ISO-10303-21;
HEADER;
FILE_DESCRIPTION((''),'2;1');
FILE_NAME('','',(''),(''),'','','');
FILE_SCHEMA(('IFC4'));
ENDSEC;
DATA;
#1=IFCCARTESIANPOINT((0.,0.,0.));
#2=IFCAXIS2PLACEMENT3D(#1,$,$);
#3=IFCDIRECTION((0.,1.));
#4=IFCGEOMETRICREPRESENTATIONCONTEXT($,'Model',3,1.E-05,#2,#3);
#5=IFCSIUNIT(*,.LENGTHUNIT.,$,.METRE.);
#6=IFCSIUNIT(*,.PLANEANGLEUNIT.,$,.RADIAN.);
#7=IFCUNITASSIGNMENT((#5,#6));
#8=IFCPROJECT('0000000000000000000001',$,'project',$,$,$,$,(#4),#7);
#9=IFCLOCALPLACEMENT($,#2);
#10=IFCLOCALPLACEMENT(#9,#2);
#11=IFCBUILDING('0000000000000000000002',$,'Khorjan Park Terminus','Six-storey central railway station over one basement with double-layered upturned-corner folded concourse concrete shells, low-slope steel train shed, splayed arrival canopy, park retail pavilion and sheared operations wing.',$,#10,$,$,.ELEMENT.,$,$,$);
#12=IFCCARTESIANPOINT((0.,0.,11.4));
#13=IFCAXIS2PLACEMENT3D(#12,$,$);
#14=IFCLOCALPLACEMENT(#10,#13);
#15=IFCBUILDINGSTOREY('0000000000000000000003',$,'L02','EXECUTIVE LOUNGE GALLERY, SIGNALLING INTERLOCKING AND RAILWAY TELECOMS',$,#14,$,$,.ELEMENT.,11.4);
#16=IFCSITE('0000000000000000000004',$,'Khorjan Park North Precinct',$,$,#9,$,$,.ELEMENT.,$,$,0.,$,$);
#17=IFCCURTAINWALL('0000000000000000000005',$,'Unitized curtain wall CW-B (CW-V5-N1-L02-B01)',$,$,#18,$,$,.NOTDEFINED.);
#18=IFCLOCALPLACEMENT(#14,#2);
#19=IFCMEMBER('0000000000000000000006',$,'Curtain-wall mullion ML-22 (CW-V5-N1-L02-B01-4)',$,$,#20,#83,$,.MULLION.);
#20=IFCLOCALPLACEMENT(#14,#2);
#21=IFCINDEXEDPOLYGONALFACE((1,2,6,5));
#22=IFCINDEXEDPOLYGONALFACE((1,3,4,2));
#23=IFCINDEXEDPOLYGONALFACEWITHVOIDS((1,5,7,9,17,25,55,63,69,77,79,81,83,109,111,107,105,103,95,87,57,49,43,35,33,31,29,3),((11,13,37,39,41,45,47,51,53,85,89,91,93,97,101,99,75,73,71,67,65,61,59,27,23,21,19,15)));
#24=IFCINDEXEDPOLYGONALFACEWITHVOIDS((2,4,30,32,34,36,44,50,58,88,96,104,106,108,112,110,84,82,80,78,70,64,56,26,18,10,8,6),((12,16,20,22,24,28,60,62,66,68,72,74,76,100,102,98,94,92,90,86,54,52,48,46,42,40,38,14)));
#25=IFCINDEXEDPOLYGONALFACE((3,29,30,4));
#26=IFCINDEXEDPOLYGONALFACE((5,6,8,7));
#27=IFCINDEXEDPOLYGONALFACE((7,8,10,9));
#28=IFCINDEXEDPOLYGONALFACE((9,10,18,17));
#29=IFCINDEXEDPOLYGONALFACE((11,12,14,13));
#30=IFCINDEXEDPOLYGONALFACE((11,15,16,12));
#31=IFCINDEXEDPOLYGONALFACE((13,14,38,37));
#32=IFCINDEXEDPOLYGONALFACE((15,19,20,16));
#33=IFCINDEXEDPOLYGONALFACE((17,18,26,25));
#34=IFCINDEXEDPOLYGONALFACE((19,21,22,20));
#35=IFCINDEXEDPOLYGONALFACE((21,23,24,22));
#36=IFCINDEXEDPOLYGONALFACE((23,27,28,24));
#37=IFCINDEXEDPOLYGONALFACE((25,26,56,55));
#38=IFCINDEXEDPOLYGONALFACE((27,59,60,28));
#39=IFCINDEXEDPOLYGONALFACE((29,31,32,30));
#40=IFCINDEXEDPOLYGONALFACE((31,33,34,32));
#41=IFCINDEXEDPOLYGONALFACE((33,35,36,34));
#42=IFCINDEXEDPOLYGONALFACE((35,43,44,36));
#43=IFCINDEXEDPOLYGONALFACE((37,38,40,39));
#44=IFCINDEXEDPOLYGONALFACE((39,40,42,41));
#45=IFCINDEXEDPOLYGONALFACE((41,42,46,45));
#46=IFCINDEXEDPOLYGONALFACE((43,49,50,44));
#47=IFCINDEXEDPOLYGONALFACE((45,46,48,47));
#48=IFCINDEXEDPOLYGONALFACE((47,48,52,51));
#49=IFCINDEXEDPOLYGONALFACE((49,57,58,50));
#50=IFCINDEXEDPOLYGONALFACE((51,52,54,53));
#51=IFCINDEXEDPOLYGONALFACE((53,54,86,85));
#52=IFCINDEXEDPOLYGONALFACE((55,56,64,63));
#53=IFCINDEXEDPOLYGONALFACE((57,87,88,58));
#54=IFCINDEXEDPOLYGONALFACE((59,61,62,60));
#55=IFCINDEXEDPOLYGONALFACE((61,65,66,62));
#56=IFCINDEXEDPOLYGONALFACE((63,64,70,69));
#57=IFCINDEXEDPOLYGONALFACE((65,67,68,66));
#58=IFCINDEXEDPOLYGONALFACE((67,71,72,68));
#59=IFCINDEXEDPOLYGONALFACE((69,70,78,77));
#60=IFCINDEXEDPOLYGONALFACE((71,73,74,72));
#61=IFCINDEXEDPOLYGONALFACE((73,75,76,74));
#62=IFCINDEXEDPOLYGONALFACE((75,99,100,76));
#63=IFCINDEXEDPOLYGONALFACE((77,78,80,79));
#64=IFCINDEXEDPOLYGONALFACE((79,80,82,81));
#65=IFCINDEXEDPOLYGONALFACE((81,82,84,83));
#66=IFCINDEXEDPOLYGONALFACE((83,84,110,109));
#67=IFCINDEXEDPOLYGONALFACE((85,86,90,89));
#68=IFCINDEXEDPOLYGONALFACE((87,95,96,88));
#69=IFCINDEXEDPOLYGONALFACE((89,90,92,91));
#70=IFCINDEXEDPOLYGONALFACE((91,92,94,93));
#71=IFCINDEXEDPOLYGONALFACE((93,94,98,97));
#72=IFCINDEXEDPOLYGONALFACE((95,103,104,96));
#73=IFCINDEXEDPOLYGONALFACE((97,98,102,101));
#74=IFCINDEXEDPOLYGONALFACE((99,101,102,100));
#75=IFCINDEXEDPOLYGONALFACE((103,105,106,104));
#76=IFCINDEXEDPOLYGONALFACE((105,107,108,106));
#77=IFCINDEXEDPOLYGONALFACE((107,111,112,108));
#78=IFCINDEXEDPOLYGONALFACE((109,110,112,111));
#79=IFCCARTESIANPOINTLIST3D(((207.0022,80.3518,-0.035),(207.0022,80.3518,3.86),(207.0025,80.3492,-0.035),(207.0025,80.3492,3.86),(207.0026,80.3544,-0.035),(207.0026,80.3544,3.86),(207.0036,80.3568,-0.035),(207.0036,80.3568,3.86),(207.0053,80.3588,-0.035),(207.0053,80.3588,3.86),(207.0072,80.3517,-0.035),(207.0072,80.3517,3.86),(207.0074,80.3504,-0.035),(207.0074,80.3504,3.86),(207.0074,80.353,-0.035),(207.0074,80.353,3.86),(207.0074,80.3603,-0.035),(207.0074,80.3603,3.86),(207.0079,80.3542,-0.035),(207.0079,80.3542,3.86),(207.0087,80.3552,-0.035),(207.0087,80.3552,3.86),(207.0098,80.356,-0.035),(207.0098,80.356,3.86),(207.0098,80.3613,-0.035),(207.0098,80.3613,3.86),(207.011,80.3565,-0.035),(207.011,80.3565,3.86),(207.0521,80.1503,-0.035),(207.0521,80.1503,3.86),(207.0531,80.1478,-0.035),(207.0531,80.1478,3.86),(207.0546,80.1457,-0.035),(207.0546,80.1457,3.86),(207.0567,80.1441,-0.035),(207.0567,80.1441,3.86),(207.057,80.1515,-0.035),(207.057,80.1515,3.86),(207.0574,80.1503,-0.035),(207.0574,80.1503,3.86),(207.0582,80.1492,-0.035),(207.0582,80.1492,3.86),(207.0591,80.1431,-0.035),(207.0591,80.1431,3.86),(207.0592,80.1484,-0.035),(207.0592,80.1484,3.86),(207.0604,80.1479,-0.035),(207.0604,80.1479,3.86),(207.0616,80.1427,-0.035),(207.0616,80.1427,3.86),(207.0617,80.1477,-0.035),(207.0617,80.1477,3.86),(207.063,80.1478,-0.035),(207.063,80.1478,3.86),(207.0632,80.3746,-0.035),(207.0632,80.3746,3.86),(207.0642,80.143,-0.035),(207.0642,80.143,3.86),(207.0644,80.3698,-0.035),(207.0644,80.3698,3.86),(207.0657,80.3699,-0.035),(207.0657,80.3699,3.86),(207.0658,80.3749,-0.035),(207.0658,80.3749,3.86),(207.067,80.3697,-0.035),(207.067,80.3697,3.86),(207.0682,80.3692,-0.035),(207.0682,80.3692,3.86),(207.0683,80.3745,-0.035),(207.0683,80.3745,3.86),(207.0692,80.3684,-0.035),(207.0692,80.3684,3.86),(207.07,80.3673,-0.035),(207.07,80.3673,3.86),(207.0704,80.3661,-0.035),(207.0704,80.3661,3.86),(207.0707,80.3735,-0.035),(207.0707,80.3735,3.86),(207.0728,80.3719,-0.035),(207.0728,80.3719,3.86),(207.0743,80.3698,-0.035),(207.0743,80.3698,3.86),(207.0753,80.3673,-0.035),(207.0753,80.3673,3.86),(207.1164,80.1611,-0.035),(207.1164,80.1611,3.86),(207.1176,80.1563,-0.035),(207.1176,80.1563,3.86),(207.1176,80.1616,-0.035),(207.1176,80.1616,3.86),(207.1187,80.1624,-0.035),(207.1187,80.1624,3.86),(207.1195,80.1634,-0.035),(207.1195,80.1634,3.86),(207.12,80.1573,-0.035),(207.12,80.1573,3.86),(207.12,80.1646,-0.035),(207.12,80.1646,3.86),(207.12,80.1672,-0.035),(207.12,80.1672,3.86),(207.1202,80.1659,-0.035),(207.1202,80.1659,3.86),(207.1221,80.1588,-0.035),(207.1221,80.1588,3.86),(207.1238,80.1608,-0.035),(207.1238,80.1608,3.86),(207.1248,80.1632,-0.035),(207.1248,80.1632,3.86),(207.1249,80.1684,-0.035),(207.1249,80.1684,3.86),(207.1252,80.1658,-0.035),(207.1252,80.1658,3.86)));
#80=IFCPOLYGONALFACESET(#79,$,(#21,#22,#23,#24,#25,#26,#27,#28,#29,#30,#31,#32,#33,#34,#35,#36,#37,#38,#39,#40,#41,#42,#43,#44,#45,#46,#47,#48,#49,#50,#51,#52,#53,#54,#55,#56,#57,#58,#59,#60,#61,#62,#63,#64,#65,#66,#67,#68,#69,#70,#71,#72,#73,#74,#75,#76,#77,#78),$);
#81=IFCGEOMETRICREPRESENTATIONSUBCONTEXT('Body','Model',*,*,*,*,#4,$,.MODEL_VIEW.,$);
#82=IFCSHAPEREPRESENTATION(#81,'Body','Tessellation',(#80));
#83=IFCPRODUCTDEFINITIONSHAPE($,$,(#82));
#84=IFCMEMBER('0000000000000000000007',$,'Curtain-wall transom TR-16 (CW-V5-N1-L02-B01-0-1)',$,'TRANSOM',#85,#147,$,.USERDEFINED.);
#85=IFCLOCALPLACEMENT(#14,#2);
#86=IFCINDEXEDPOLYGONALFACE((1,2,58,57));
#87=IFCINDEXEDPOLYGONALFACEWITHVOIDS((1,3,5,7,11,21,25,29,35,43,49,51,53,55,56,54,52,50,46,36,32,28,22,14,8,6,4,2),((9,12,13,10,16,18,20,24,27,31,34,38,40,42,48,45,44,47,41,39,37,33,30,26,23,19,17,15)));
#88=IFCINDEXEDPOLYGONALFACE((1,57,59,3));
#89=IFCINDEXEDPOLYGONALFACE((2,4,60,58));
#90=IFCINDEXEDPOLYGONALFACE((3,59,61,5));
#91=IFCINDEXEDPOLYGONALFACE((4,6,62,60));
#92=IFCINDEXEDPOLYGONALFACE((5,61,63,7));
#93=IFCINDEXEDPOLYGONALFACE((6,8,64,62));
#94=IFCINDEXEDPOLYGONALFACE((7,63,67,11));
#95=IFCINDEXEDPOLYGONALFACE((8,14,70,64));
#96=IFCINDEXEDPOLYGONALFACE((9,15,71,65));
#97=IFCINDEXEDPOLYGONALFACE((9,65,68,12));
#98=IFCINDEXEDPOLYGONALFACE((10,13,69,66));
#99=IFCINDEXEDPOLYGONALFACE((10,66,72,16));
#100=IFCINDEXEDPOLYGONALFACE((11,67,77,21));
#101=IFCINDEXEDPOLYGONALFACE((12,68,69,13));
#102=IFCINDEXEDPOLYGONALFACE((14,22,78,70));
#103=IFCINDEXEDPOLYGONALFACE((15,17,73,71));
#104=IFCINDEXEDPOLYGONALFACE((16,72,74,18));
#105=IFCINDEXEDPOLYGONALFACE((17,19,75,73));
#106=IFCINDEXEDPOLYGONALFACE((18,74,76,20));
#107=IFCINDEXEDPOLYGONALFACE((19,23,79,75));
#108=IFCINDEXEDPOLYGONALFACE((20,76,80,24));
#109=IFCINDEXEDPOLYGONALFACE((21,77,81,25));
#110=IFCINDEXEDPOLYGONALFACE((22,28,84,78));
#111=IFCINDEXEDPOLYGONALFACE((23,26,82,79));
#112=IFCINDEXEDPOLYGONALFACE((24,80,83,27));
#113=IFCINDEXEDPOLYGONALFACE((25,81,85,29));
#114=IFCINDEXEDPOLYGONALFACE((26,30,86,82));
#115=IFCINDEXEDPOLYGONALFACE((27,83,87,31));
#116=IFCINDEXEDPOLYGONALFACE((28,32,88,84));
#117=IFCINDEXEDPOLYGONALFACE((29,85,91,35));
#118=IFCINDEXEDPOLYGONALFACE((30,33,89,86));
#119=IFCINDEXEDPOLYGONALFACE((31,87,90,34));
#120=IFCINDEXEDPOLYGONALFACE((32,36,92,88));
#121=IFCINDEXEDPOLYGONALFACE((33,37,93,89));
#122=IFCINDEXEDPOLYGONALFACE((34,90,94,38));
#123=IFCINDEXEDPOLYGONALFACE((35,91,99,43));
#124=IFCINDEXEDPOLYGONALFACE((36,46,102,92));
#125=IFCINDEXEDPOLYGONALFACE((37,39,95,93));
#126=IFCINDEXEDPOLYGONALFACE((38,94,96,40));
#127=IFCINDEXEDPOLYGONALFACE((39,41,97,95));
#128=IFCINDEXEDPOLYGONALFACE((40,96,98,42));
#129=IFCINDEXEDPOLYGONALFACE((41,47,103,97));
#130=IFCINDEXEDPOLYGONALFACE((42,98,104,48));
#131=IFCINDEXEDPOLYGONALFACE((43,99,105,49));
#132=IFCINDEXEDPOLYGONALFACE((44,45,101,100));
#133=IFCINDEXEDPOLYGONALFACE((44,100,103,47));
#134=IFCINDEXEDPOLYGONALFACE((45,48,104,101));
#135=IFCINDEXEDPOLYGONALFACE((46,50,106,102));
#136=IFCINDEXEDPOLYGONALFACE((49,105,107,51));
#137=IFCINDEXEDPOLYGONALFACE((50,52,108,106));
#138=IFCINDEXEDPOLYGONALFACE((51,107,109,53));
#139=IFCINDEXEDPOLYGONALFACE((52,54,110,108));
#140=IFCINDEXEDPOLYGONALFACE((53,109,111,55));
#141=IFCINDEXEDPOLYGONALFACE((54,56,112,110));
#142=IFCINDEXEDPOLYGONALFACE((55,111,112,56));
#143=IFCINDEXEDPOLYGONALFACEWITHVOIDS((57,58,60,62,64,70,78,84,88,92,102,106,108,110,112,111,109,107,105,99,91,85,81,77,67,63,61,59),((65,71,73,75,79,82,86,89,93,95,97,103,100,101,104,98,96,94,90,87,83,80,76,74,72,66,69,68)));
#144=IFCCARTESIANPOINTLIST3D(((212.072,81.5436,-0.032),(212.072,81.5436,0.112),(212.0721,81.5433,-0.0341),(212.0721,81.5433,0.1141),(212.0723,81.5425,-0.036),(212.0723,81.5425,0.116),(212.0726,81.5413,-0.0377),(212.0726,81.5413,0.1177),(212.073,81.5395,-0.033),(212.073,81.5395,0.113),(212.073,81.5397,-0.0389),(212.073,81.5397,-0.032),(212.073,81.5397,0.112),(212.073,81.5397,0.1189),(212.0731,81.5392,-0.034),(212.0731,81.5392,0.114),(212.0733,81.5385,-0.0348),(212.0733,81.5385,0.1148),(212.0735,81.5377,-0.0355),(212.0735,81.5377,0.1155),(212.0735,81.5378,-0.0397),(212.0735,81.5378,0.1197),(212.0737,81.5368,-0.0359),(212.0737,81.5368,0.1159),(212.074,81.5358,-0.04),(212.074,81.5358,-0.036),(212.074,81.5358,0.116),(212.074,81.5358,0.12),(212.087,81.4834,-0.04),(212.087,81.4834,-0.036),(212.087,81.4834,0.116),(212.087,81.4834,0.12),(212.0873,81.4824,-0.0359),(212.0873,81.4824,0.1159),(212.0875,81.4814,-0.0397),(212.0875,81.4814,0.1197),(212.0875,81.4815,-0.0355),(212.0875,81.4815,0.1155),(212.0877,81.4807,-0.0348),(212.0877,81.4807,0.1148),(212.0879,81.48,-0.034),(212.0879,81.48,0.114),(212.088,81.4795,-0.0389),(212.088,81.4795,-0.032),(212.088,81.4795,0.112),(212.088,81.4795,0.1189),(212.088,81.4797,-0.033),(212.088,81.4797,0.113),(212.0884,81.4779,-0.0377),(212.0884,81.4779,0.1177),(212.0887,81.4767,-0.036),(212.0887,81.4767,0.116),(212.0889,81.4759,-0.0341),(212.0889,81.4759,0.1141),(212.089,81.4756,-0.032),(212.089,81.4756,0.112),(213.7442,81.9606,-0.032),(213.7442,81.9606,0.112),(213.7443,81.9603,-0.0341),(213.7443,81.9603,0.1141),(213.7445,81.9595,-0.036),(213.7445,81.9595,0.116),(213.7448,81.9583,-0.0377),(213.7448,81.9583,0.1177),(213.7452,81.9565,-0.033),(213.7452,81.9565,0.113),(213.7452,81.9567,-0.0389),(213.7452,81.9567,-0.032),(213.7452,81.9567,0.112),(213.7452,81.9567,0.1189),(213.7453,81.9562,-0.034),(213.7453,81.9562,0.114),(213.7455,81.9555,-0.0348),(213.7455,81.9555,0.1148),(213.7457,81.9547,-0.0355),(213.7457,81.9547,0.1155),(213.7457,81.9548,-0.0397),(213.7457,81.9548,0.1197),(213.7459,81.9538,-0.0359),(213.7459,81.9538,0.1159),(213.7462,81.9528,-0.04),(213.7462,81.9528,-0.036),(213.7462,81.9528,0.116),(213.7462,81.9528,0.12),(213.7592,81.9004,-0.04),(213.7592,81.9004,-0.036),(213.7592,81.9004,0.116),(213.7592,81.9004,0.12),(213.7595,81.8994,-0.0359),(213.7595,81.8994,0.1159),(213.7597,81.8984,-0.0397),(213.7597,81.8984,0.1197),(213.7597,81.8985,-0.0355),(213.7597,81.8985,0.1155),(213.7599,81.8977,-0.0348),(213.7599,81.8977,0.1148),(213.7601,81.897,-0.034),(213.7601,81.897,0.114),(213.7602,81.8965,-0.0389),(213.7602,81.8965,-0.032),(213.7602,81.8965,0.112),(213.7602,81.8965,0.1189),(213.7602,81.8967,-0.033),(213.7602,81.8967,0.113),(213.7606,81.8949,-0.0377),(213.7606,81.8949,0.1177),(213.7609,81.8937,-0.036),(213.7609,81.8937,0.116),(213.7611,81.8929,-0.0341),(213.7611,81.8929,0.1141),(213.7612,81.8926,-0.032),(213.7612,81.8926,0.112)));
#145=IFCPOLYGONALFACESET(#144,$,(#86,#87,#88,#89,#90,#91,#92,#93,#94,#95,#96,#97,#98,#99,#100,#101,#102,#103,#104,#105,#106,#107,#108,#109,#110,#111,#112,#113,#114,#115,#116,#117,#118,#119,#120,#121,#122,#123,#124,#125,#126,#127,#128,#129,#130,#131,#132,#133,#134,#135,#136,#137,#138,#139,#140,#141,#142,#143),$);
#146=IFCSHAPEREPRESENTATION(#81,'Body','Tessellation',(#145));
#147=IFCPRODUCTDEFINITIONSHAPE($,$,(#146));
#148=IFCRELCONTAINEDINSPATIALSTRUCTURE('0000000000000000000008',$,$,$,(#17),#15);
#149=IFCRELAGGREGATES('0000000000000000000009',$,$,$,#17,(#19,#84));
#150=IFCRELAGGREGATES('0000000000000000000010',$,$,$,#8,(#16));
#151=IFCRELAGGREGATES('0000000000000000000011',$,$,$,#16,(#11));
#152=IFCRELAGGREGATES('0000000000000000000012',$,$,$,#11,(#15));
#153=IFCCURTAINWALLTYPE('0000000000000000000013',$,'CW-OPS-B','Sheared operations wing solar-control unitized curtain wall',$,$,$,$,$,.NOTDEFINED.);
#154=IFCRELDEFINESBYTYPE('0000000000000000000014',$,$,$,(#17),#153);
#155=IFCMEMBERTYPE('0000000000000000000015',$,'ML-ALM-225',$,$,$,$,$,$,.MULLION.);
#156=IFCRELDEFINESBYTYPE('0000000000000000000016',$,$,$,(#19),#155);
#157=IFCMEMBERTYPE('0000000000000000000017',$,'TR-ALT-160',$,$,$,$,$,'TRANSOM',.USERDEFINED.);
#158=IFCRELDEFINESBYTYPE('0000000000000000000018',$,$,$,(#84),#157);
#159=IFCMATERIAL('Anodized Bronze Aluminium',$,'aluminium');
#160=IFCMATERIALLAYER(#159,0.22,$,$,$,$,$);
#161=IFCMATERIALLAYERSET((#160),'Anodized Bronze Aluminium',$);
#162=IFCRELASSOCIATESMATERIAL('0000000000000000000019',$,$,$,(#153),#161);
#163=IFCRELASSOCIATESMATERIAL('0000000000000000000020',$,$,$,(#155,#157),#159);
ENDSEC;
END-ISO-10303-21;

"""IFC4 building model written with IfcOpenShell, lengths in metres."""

from ifc_helpers import new_model, si_unit, direction, frame, origin, origin_2d, place, context, subcontext, project, spatial, hollow_rectangle, extrude, material, layer, layer_set, material_profile, profile_set, type_object, element, aggregate, save


model = new_model("IFC4")

# Units and contexts
model_context = context("Model", 3, precision=1e-05, world=origin(), true_north=direction((0.0, 1.0)))
body_context = subcontext(model_context, "Body", "Model", "MODEL_VIEW")
ifc_project = project(units=[si_unit("LENGTHUNIT", "METRE"), si_unit("PLANEANGLEUNIT", "RADIAN")], contexts=[model_context])

# Site, building, storey
site_placement = place(None, origin())
site = spatial("IfcSite", under=ifc_project, at=site_placement, Name="Khorjan Park North Precinct", CompositionType="ELEMENT", RefElevation=0.0)
building_placement = place(site_placement, origin())
building = spatial("IfcBuilding", under=site, at=building_placement, Name="Khorjan Park Terminus", Description="Six-storey central railway station over one basement with double-layered upturned-corner folded concourse concrete shells, low-slope steel train shed, splayed arrival canopy, park retail pavilion and sheared operations wing.", CompositionType="ELEMENT")
storey_placement = place(building_placement, frame((0.0, 0.0, 11.4)))
storey = spatial("IfcBuildingStorey", under=building, at=storey_placement, Name="L02", Description="EXECUTIVE LOUNGE GALLERY, SIGNALLING INTERLOCKING AND RAILWAY TELECOMS", CompositionType="ELEMENT", Elevation=11.4)

# Curtain wall, members
ifc_material_1 = material(Name="Anodized Bronze Aluminium", Category="aluminium")
ifc_layer_1 = layer(ifc_material_1, 0.22)
ifc_layer_set_1 = layer_set([ifc_layer_1], Name="Anodized Bronze Aluminium")
curtain_wall_type = type_object("IfcCurtainWallType", Name="CW-OPS-B", Description="Sheared operations wing solar-control unitized curtain wall", PredefinedType="NOTDEFINED", material=ifc_layer_set_1)
curtain_wall_placement = place(storey_placement, origin())
curtain_wall = element("IfcCurtainWall", 1, at=curtain_wall_placement, inside=storey, type_object=curtain_wall_type, Name="Unitized curtain wall CW-B (CW-V5-N1-L02-B01)", PredefinedType="NOTDEFINED")
ifc_material_profile_1 = material_profile(ifc_material_1, hollow_rectangle(XDim=0.075, YDim=0.225, WallThickness=0.005, InnerFilletRadius=0.005, OuterFilletRadius=0.01, at=origin_2d()), Name="ALM 75x225x5")
ifc_profile_set_1 = profile_set([ifc_material_profile_1], Name="Anodized Bronze Aluminium")
member_type_1 = type_object("IfcMemberType", Name="ML-ALM-225", PredefinedType="MULLION", material=ifc_profile_set_1)
member_1_placement = place(storey_placement, frame((207.0637, 80.2588, -0.035), z_axis=(0.0, 0.0, 1.0), x_axis=(-0.970294, -0.241928, 0.0)))
member_1 = element("IfcMember", 2, at=member_1_placement, type_object=member_type_1, Name="Curtain-wall mullion ML-22 (CW-V5-N1-L02-B01-4)", PredefinedType="MULLION", context=body_context, shape_type="SweptSolid", body=[
    extrude(hollow_rectangle(XDim=0.075, YDim=0.225, WallThickness=0.005, InnerFilletRadius=0.005, OuterFilletRadius=0.01, at=origin_2d()), origin(), (0.0, 0.0, 1.0), 3.895),
])
ifc_material_profile_2 = material_profile(ifc_material_1, hollow_rectangle(XDim=0.07, YDim=0.16, WallThickness=0.004, InnerFilletRadius=0.004, OuterFilletRadius=0.008, at=origin_2d()), Name="ALT 70x160x4")
ifc_profile_set_2 = profile_set([ifc_material_profile_2], Name="Anodized Bronze Aluminium")
member_type_2 = type_object("IfcMemberType", Name="TR-ALT-160", ElementType="TRANSOM", PredefinedType="USERDEFINED", material=ifc_profile_set_2)
member_2_placement = place(storey_placement, frame((213.7527, 81.9266, 0.04), z_axis=(-0.970286, -0.241962, 0.0), x_axis=(0.241962, -0.970286, 0.0)))
member_2 = element("IfcMember", 3, at=member_2_placement, type_object=member_type_2, Name="Curtain-wall transom TR-16 (CW-V5-N1-L02-B01-0-1)", ObjectType="TRANSOM", PredefinedType="USERDEFINED", context=body_context, shape_type="SweptSolid", body=[
    extrude(hollow_rectangle(XDim=0.07, YDim=0.16, WallThickness=0.004, InnerFilletRadius=0.004, OuterFilletRadius=0.008, at=origin_2d()), origin(), (0.0, 0.0, 1.0), 1.7234),
])
aggregate(curtain_wall, [member_1, member_2])

save(model, "model.ifc")
